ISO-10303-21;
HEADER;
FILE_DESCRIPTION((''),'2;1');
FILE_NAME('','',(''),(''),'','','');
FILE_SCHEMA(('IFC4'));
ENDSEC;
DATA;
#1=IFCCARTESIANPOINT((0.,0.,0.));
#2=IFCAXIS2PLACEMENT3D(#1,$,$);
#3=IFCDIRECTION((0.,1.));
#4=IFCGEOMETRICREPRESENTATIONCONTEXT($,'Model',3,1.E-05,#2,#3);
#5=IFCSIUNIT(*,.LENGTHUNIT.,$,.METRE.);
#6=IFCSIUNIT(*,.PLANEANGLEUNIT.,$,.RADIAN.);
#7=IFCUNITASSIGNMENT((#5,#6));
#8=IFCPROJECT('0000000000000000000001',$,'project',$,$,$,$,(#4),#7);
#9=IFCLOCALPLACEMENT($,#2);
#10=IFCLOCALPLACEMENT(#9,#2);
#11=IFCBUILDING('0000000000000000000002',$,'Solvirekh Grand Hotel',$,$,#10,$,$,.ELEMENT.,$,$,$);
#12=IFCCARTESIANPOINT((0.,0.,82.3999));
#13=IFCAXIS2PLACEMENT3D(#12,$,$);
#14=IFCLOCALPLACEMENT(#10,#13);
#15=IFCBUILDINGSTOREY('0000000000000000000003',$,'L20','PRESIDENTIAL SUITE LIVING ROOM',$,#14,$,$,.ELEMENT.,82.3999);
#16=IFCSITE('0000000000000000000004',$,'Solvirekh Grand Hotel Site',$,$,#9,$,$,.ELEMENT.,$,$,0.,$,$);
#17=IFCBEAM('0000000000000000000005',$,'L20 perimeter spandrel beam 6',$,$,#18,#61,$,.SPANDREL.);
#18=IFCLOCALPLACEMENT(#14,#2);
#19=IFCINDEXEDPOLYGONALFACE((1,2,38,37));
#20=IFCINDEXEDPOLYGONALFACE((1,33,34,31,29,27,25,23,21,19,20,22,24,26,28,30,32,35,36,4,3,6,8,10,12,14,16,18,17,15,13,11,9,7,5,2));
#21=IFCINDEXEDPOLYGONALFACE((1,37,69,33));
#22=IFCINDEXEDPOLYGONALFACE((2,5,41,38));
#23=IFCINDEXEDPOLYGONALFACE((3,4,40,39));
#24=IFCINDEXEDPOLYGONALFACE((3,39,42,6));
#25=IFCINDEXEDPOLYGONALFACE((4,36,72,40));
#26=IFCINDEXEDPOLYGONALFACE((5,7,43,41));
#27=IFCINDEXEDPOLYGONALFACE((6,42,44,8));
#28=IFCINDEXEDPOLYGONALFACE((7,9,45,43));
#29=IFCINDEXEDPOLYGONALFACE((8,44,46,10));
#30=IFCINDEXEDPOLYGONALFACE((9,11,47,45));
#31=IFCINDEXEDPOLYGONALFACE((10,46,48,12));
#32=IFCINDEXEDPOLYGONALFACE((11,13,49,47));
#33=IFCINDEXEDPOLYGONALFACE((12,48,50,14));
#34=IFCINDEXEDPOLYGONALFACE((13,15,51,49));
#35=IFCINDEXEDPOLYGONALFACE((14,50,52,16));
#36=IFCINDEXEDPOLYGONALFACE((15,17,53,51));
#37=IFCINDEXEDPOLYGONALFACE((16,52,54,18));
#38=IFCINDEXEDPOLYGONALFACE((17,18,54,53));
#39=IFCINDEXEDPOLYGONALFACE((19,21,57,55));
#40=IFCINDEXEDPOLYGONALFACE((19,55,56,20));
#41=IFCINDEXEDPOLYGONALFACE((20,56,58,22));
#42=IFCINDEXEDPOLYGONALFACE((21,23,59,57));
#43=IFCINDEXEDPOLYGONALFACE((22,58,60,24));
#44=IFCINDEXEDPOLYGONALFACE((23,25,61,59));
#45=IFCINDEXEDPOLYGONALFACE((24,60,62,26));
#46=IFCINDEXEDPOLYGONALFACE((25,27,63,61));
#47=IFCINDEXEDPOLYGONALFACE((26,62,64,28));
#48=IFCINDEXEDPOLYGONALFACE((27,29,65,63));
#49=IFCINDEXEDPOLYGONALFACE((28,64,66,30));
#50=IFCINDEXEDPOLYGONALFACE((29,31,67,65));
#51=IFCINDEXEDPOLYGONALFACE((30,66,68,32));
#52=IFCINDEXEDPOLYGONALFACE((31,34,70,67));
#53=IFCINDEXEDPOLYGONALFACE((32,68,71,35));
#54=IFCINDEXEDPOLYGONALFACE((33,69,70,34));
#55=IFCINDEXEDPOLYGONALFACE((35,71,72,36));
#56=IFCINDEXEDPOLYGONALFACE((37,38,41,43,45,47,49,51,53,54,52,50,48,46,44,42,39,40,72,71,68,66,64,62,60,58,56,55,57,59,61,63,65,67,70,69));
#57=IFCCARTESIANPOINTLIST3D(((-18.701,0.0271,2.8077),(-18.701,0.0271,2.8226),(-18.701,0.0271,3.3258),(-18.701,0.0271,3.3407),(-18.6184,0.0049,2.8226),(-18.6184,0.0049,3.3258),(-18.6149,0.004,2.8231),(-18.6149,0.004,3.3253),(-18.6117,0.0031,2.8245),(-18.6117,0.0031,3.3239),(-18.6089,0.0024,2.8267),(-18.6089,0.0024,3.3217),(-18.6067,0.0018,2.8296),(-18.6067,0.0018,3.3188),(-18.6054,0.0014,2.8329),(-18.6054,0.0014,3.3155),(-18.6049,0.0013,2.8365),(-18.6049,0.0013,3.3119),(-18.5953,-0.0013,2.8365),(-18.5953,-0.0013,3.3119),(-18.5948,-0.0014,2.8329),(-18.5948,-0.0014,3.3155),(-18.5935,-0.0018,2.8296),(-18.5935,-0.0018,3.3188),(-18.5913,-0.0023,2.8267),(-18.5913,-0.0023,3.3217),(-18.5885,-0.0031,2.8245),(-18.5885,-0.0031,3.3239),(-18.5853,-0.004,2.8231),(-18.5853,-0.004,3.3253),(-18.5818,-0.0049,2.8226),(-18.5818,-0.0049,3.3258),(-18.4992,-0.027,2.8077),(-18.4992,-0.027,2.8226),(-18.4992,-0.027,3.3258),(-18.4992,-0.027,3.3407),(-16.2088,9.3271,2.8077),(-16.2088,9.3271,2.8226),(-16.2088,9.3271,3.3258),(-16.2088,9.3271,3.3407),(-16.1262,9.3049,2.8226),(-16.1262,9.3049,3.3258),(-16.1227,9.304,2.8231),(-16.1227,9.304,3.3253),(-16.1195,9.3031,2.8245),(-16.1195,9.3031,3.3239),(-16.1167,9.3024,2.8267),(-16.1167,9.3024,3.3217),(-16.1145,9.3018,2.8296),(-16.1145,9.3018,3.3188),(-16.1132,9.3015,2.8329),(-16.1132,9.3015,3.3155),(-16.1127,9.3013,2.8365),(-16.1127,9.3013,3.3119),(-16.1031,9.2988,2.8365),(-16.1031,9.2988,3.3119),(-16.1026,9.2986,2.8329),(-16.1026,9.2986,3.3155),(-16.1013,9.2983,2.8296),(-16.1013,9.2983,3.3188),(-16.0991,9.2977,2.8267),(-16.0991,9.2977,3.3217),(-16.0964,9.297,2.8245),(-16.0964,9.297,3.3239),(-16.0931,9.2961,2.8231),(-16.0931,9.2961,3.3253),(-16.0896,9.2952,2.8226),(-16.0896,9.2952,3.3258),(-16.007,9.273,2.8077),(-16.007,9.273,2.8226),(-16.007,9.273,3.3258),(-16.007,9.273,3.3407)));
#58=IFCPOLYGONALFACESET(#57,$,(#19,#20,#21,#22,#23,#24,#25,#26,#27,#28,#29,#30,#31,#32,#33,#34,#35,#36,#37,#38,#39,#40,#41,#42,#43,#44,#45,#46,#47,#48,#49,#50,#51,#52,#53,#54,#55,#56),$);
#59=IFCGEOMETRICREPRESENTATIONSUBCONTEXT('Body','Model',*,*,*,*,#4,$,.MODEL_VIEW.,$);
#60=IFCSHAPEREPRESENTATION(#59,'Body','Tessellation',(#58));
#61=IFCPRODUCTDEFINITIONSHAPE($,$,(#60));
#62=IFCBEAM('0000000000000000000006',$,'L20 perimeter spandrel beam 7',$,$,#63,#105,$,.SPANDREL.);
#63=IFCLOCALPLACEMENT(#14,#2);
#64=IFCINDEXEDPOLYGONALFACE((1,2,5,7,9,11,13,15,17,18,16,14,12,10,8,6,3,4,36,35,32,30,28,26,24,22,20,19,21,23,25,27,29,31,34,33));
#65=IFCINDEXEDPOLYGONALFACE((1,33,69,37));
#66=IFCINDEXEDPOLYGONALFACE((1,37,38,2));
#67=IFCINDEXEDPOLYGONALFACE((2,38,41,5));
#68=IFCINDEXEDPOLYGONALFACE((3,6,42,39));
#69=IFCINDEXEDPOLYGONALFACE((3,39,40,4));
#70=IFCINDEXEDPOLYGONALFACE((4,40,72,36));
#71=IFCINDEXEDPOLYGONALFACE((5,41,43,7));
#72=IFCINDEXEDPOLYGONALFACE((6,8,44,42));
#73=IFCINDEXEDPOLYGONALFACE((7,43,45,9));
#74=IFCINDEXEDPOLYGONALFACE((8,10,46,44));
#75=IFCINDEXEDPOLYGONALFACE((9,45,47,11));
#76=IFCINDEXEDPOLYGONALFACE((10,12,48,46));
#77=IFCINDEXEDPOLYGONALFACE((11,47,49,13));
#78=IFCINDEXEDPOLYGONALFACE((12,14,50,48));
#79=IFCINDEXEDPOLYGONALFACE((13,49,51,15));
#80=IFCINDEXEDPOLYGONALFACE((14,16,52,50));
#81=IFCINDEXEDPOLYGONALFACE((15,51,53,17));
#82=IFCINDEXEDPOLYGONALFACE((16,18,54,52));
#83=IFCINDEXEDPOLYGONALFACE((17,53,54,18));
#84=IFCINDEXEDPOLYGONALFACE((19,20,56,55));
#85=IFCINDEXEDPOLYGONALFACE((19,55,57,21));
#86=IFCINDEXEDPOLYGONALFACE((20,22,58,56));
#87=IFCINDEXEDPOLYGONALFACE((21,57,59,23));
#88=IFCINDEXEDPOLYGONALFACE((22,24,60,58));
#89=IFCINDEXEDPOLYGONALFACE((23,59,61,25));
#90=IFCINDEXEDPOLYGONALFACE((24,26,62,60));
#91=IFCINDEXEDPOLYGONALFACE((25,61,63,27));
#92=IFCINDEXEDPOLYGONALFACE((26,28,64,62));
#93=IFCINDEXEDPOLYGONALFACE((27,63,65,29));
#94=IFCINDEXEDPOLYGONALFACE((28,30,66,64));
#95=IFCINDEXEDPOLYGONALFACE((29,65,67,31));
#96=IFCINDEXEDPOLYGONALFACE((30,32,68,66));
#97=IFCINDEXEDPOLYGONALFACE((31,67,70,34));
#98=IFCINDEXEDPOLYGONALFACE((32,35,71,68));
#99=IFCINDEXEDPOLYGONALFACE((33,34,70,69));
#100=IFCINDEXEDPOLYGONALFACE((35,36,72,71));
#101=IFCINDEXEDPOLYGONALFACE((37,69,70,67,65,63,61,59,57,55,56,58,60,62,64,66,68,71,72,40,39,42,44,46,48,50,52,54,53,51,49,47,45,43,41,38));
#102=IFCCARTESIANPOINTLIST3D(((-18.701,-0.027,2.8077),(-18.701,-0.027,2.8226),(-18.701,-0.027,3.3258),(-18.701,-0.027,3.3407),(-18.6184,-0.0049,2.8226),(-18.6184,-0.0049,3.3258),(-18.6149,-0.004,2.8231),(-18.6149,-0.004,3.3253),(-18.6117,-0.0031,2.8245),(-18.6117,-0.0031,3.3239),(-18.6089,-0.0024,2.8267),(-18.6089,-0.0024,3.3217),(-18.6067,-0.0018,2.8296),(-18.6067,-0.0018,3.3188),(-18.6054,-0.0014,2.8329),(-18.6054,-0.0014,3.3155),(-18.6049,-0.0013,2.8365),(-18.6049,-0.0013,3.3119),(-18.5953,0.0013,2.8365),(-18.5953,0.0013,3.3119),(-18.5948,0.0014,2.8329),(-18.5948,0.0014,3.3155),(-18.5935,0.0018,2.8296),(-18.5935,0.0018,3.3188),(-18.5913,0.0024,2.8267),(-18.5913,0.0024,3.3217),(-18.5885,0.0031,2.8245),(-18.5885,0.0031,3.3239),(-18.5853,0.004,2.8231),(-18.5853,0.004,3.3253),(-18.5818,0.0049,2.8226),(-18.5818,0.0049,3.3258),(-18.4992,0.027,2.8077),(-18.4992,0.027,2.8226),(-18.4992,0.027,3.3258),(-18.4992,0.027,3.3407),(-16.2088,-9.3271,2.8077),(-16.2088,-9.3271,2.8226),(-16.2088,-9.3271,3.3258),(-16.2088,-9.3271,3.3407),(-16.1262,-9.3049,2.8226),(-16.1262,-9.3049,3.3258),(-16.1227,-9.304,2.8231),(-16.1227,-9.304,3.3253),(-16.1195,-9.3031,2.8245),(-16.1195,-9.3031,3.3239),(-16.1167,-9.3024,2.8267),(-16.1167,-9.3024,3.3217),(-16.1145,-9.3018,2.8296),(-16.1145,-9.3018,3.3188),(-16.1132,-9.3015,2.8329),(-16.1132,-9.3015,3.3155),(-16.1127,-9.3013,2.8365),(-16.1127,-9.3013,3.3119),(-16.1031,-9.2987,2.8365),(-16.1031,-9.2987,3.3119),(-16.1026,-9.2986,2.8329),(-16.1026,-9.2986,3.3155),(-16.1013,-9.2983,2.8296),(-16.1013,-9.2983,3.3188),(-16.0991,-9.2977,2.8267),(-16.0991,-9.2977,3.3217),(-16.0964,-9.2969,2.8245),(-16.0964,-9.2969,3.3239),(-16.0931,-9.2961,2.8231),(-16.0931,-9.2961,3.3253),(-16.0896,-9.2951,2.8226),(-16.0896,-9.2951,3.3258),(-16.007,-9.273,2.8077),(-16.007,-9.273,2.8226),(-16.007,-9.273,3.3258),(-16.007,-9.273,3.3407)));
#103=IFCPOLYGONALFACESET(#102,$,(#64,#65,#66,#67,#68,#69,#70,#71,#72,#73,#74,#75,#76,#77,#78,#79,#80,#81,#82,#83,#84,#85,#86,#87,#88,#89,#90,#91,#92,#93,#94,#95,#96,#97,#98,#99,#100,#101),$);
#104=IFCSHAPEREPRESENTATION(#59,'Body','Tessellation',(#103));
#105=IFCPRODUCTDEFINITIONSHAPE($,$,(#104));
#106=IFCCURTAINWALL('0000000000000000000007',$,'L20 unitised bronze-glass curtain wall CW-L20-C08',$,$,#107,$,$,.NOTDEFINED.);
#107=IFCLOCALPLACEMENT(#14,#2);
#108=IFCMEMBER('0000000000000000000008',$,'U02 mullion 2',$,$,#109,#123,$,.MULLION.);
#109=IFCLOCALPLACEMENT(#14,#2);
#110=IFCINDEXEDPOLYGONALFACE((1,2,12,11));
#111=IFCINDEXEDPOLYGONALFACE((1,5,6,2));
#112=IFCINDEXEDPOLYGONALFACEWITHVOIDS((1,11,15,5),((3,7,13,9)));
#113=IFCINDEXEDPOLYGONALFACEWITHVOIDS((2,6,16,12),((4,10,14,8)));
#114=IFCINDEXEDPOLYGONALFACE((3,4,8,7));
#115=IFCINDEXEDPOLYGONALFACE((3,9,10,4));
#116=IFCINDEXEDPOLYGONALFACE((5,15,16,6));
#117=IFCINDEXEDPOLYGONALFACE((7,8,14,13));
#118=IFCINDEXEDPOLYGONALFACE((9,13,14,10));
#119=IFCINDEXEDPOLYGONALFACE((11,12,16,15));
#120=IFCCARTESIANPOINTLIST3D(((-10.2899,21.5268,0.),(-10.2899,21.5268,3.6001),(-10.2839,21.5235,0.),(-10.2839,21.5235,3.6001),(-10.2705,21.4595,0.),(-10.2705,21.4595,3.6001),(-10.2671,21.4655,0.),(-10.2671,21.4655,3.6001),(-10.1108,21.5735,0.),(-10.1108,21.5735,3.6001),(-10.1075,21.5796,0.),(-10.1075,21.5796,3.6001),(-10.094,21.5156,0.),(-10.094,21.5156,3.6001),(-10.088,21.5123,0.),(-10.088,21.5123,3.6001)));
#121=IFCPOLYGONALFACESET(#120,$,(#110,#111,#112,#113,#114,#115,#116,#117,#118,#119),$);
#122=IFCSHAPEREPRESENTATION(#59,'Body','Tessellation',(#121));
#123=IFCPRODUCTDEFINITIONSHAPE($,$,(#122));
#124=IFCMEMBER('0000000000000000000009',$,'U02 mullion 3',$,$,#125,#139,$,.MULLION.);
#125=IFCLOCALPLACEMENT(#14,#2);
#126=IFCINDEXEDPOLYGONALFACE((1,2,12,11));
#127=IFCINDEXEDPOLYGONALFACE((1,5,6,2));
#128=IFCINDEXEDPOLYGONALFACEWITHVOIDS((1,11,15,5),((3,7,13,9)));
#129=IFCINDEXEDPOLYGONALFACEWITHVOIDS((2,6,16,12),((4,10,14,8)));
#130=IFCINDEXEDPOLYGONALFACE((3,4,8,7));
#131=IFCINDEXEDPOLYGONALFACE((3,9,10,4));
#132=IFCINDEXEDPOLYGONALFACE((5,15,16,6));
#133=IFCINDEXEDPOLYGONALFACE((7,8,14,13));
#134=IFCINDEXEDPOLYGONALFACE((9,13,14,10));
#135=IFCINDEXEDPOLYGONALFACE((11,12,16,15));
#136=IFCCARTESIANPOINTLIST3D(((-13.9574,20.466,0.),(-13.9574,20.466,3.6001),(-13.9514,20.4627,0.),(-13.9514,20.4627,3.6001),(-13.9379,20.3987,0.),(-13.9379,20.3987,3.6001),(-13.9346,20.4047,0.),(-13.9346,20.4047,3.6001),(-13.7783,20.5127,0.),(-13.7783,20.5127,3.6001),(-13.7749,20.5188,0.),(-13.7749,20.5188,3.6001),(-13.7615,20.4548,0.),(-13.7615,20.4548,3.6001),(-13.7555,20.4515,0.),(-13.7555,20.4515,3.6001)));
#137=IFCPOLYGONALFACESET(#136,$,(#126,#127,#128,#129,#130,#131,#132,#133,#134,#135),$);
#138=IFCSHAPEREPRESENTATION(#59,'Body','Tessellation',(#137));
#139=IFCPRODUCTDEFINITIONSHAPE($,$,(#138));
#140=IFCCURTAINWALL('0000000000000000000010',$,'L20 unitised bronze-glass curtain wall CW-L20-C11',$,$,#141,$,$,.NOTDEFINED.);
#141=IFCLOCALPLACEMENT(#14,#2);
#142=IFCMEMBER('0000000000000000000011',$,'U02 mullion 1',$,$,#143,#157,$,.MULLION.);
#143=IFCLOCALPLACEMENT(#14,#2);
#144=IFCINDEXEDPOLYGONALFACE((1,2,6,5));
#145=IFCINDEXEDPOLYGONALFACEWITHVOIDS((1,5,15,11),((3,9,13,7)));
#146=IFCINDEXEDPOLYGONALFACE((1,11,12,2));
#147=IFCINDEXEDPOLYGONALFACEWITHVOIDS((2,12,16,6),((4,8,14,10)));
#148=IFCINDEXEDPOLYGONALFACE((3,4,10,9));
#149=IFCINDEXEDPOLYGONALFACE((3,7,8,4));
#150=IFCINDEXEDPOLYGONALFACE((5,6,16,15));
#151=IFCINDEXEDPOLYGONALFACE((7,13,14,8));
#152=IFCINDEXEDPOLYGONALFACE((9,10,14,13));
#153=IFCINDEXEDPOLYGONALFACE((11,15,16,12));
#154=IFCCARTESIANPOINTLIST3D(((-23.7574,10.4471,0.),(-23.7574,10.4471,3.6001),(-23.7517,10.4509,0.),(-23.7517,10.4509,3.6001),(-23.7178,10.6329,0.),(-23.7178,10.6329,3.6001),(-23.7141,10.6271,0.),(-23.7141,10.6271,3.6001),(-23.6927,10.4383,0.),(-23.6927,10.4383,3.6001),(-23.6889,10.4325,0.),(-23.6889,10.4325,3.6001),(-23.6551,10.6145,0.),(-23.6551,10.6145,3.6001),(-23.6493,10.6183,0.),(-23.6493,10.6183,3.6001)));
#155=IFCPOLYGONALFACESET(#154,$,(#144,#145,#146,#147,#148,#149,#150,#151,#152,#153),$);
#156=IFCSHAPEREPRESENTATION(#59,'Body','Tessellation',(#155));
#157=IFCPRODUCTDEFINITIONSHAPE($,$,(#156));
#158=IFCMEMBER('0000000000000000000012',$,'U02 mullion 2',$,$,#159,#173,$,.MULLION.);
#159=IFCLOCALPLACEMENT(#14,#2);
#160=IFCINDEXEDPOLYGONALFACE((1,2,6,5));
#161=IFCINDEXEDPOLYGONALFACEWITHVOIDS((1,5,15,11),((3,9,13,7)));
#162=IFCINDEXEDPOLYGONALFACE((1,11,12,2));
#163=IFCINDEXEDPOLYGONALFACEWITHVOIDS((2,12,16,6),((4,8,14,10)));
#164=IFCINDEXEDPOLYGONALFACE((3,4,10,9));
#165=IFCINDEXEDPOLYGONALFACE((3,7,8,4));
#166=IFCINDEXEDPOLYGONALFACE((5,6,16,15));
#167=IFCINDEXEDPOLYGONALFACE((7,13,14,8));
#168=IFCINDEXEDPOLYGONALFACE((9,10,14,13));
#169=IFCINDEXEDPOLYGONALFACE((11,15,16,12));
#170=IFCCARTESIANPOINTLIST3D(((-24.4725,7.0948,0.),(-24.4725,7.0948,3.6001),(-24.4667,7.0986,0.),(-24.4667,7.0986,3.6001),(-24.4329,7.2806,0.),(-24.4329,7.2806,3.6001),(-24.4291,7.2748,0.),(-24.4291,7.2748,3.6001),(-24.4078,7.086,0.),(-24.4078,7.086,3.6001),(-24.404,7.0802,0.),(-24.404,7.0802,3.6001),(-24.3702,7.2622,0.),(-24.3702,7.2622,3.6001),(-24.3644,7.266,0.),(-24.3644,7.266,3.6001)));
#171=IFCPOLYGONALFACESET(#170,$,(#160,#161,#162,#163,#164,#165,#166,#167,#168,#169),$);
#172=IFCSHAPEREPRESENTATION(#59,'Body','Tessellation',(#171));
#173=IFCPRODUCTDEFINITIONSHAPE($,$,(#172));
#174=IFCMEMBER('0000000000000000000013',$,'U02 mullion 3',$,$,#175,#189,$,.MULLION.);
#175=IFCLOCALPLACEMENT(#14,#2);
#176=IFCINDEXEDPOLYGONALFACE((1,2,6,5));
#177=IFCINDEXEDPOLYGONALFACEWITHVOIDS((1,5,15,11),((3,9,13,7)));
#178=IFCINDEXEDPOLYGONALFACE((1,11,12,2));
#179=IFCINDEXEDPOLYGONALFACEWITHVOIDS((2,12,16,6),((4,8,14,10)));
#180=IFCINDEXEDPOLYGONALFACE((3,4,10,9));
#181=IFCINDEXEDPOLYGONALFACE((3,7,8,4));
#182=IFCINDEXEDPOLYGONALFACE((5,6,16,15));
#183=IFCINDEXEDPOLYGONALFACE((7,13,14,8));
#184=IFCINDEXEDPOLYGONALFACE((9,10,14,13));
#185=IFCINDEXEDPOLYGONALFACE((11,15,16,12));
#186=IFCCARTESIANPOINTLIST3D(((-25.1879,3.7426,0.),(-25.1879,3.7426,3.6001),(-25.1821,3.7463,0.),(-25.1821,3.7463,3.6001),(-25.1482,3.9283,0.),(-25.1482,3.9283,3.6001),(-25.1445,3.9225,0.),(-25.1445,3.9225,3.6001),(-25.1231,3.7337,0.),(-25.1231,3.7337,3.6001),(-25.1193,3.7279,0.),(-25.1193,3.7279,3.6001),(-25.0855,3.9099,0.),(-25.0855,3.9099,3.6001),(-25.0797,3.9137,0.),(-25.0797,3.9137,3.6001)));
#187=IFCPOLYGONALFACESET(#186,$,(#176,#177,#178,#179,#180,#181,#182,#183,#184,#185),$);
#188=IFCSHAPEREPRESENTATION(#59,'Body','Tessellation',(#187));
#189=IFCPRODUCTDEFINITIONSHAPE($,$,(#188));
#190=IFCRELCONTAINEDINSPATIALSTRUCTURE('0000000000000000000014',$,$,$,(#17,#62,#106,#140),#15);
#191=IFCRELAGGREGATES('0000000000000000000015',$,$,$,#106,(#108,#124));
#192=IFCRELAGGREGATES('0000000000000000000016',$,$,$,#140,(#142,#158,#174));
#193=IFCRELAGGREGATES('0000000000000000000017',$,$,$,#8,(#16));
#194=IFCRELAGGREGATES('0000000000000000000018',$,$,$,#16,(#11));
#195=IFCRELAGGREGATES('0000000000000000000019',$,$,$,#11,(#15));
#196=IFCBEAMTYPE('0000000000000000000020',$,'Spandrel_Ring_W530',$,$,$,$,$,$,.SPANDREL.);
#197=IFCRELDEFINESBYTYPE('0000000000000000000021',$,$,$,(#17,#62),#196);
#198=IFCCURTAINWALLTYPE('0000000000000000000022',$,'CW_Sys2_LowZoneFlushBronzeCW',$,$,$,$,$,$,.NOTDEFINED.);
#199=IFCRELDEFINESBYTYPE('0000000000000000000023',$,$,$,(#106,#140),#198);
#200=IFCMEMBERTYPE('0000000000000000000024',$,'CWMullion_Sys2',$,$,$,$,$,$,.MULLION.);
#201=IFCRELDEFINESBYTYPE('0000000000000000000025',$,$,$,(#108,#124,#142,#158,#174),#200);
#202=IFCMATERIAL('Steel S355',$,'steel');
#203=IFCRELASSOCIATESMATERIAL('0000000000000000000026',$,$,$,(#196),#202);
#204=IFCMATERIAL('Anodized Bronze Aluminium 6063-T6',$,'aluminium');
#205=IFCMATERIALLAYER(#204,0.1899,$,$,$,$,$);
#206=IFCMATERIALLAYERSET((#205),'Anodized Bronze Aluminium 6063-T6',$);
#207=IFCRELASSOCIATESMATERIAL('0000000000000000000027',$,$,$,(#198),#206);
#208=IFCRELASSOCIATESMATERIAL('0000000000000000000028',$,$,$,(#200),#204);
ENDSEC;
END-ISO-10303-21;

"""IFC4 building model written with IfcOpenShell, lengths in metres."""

from ifc_helpers import new_model, si_unit, direction, frame, origin, origin_2d, place, context, subcontext, project, spatial, hollow_rectangle, i_section, extrude, source, transform, mapped, material, layer, layer_set, material_profile, profile_set, type_object, element, aggregate, save


model = new_model("IFC4")

# Units and contexts
model_context = context("Model", 3, precision=1e-05, world=origin(), true_north=direction((0.0, 1.0)))
body_context = subcontext(model_context, "Body", "Model", "MODEL_VIEW")
ifc_project = project(units=[si_unit("LENGTHUNIT", "METRE"), si_unit("PLANEANGLEUNIT", "RADIAN")], contexts=[model_context])

# Site, building, storey
site_placement = place(None, origin())
site = spatial("IfcSite", under=ifc_project, at=site_placement, Name="Solvirekh Grand Hotel Site", CompositionType="ELEMENT", RefElevation=0.0)
building_placement = place(site_placement, origin())
building = spatial("IfcBuilding", under=site, at=building_placement, Name="Solvirekh Grand Hotel", CompositionType="ELEMENT")
storey_placement = place(building_placement, frame((0.0, 0.0, 82.3999)))
storey = spatial("IfcBuildingStorey", under=building, at=storey_placement, Name="L20", Description="PRESIDENTIAL SUITE LIVING ROOM", CompositionType="ELEMENT", Elevation=82.3999)

# Beams
ifc_material_1 = material(Name="Steel S355", Category="steel")
ifc_material_profile_1 = material_profile(ifc_material_1, i_section(OverallWidth=0.209, OverallDepth=0.533, WebThickness=0.01, FlangeThickness=0.0149, FilletRadius=0.0139, at=origin_2d()), Name="W530X92")
ifc_profile_set_1 = profile_set([ifc_material_profile_1], Name="Steel S355")
beam_type = type_object("IfcBeamType", Name="Spandrel_Ring_W530", PredefinedType="SPANDREL", material=ifc_profile_set_1)
for number, where, z_axis, x_axis, name in (
    (1, (-16.1079, 9.3, 3.0742), (-0.258843, -0.965919, 0.0), (0.965919, -0.258843, 0.0), "L20 perimeter spandrel beam 6"),
    (2, (-18.6001, 0.0, 3.0742), (0.258843, -0.965919, 0.0), (0.965919, 0.258843, 0.0), "L20 perimeter spandrel beam 7"),
):
    element("IfcBeam", number, at=place(storey_placement, frame(where, z_axis=z_axis, x_axis=x_axis)), inside=storey, type_object=beam_type, Name=name, PredefinedType="SPANDREL", context=body_context, shape_type="SweptSolid", body=[
        extrude(i_section(OverallWidth=0.209, OverallDepth=0.533, WebThickness=0.01, FlangeThickness=0.0149, FilletRadius=0.0139, at=origin_2d()), origin(), (0.0, 0.0, 1.0), 9.6282),
    ])

# Curtain walls, members
ifc_material_2 = material(Name="Anodized Bronze Aluminium 6063-T6", Category="aluminium")
ifc_layer_1 = layer(ifc_material_2, 0.1899)
ifc_layer_set_1 = layer_set([ifc_layer_1], Name="Anodized Bronze Aluminium 6063-T6")
curtain_wall_type = type_object("IfcCurtainWallType", Name="CW_Sys2_LowZoneFlushBronzeCW", PredefinedType="NOTDEFINED", material=ifc_layer_set_1)
curtain_wall_1_placement = place(storey_placement, origin())
curtain_wall_1 = element("IfcCurtainWall", 3, at=curtain_wall_1_placement, inside=storey, type_object=curtain_wall_type, Name="L20 unitised bronze-glass curtain wall CW-L20-C08", PredefinedType="NOTDEFINED")
ifc_material_profile_2 = material_profile(ifc_material_2, hollow_rectangle(XDim=0.0701, YDim=0.1899, WallThickness=0.0049, at=origin_2d()), Name="ALU RHS 190X70X5")
ifc_profile_set_2 = profile_set([ifc_material_profile_2], Name="Anodized Bronze Aluminium 6063-T6")
member_type_1 = type_object("IfcMemberType", Name="CWMullion_Sys2", PredefinedType="MULLION", material=ifc_profile_set_2)
shared_shape_1 = source(origin(), body_context, "Body", "SweptSolid", [
    extrude(hollow_rectangle(XDim=0.0701, YDim=0.1899, WallThickness=0.0049, at=origin_2d()), origin(), (0.0, 0.0, 1.0), 3.6001),
])
member_1_placement = place(storey_placement, frame((-10.189, 21.5195, 0.0), z_axis=(0.0, 0.0, 1.0), x_axis=(0.277856, -0.960623, 0.0)))
member_1 = element("IfcMember", 4, at=member_1_placement, type_object=member_type_1, Name="U02 mullion 2", PredefinedType="MULLION", context=body_context, shape_type="MappedRepresentation", body=[
    mapped(shared_shape_1, transform((0.0, 0.0, 0.0), x_axis=(1.0, 0.0, 0.0), y_axis=(0.0, 1.0, 0.0), z_axis=(0.0, 0.0, 1.0), scale=1.0)),
])
member_2_placement = place(storey_placement, frame((-13.8564, 20.4587, 0.0), z_axis=(0.0, 0.0, 1.0), x_axis=(0.277856, -0.960623, 0.0)))
member_2 = element("IfcMember", 5, at=member_2_placement, type_object=member_type_1, Name="U02 mullion 3", PredefinedType="MULLION", context=body_context, shape_type="MappedRepresentation", body=[
    mapped(shared_shape_1, transform((0.0, 0.0, 0.0), x_axis=(1.0, 0.0, 0.0), y_axis=(0.0, 1.0, 0.0), z_axis=(0.0, 0.0, 1.0), scale=1.0)),
])
curtain_wall_2_placement = place(storey_placement, origin())
curtain_wall_2 = element("IfcCurtainWall", 6, at=curtain_wall_2_placement, inside=storey, type_object=curtain_wall_type, Name="L20 unitised bronze-glass curtain wall CW-L20-C11", PredefinedType="NOTDEFINED")
member_3_placement = place(storey_placement, frame((-23.7034, 10.5327, 0.0), z_axis=(0.0, 0.0, 1.0), x_axis=(0.97799, -0.208651, 0.0)))
member_3 = element("IfcMember", 7, at=member_3_placement, type_object=member_type_1, Name="U02 mullion 1", PredefinedType="MULLION", context=body_context, shape_type="MappedRepresentation", body=[
    mapped(shared_shape_1, transform((0.0, 0.0, 0.0), x_axis=(1.0, 0.0, 0.0), y_axis=(0.0, 1.0, 0.0), z_axis=(0.0, 0.0, 1.0), scale=1.0)),
])
member_4_placement = place(storey_placement, frame((-24.4185, 7.1804, 0.0), z_axis=(0.0, 0.0, 1.0), x_axis=(0.97799, -0.208651, 0.0)))
member_4 = element("IfcMember", 8, at=member_4_placement, type_object=member_type_1, Name="U02 mullion 2", PredefinedType="MULLION", context=body_context, shape_type="MappedRepresentation", body=[
    mapped(shared_shape_1, transform((0.0, 0.0, 0.0), x_axis=(1.0, 0.0, 0.0), y_axis=(0.0, 1.0, 0.0), z_axis=(0.0, 0.0, 1.0), scale=1.0)),
])
member_5_placement = place(storey_placement, frame((-25.1338, 3.8281, 0.0), z_axis=(0.0, 0.0, 1.0), x_axis=(0.97799, -0.208651, 0.0)))
member_5 = element("IfcMember", 9, at=member_5_placement, type_object=member_type_1, Name="U02 mullion 3", PredefinedType="MULLION", context=body_context, shape_type="MappedRepresentation", body=[
    mapped(shared_shape_1, transform((0.0, 0.0, 0.0), x_axis=(1.0, 0.0, 0.0), y_axis=(0.0, 1.0, 0.0), z_axis=(0.0, 0.0, 1.0), scale=1.0)),
])

aggregate(curtain_wall_1, [member_1, member_2])
aggregate(curtain_wall_2, [member_3, member_4, member_5])

save(model, "model.ifc")
